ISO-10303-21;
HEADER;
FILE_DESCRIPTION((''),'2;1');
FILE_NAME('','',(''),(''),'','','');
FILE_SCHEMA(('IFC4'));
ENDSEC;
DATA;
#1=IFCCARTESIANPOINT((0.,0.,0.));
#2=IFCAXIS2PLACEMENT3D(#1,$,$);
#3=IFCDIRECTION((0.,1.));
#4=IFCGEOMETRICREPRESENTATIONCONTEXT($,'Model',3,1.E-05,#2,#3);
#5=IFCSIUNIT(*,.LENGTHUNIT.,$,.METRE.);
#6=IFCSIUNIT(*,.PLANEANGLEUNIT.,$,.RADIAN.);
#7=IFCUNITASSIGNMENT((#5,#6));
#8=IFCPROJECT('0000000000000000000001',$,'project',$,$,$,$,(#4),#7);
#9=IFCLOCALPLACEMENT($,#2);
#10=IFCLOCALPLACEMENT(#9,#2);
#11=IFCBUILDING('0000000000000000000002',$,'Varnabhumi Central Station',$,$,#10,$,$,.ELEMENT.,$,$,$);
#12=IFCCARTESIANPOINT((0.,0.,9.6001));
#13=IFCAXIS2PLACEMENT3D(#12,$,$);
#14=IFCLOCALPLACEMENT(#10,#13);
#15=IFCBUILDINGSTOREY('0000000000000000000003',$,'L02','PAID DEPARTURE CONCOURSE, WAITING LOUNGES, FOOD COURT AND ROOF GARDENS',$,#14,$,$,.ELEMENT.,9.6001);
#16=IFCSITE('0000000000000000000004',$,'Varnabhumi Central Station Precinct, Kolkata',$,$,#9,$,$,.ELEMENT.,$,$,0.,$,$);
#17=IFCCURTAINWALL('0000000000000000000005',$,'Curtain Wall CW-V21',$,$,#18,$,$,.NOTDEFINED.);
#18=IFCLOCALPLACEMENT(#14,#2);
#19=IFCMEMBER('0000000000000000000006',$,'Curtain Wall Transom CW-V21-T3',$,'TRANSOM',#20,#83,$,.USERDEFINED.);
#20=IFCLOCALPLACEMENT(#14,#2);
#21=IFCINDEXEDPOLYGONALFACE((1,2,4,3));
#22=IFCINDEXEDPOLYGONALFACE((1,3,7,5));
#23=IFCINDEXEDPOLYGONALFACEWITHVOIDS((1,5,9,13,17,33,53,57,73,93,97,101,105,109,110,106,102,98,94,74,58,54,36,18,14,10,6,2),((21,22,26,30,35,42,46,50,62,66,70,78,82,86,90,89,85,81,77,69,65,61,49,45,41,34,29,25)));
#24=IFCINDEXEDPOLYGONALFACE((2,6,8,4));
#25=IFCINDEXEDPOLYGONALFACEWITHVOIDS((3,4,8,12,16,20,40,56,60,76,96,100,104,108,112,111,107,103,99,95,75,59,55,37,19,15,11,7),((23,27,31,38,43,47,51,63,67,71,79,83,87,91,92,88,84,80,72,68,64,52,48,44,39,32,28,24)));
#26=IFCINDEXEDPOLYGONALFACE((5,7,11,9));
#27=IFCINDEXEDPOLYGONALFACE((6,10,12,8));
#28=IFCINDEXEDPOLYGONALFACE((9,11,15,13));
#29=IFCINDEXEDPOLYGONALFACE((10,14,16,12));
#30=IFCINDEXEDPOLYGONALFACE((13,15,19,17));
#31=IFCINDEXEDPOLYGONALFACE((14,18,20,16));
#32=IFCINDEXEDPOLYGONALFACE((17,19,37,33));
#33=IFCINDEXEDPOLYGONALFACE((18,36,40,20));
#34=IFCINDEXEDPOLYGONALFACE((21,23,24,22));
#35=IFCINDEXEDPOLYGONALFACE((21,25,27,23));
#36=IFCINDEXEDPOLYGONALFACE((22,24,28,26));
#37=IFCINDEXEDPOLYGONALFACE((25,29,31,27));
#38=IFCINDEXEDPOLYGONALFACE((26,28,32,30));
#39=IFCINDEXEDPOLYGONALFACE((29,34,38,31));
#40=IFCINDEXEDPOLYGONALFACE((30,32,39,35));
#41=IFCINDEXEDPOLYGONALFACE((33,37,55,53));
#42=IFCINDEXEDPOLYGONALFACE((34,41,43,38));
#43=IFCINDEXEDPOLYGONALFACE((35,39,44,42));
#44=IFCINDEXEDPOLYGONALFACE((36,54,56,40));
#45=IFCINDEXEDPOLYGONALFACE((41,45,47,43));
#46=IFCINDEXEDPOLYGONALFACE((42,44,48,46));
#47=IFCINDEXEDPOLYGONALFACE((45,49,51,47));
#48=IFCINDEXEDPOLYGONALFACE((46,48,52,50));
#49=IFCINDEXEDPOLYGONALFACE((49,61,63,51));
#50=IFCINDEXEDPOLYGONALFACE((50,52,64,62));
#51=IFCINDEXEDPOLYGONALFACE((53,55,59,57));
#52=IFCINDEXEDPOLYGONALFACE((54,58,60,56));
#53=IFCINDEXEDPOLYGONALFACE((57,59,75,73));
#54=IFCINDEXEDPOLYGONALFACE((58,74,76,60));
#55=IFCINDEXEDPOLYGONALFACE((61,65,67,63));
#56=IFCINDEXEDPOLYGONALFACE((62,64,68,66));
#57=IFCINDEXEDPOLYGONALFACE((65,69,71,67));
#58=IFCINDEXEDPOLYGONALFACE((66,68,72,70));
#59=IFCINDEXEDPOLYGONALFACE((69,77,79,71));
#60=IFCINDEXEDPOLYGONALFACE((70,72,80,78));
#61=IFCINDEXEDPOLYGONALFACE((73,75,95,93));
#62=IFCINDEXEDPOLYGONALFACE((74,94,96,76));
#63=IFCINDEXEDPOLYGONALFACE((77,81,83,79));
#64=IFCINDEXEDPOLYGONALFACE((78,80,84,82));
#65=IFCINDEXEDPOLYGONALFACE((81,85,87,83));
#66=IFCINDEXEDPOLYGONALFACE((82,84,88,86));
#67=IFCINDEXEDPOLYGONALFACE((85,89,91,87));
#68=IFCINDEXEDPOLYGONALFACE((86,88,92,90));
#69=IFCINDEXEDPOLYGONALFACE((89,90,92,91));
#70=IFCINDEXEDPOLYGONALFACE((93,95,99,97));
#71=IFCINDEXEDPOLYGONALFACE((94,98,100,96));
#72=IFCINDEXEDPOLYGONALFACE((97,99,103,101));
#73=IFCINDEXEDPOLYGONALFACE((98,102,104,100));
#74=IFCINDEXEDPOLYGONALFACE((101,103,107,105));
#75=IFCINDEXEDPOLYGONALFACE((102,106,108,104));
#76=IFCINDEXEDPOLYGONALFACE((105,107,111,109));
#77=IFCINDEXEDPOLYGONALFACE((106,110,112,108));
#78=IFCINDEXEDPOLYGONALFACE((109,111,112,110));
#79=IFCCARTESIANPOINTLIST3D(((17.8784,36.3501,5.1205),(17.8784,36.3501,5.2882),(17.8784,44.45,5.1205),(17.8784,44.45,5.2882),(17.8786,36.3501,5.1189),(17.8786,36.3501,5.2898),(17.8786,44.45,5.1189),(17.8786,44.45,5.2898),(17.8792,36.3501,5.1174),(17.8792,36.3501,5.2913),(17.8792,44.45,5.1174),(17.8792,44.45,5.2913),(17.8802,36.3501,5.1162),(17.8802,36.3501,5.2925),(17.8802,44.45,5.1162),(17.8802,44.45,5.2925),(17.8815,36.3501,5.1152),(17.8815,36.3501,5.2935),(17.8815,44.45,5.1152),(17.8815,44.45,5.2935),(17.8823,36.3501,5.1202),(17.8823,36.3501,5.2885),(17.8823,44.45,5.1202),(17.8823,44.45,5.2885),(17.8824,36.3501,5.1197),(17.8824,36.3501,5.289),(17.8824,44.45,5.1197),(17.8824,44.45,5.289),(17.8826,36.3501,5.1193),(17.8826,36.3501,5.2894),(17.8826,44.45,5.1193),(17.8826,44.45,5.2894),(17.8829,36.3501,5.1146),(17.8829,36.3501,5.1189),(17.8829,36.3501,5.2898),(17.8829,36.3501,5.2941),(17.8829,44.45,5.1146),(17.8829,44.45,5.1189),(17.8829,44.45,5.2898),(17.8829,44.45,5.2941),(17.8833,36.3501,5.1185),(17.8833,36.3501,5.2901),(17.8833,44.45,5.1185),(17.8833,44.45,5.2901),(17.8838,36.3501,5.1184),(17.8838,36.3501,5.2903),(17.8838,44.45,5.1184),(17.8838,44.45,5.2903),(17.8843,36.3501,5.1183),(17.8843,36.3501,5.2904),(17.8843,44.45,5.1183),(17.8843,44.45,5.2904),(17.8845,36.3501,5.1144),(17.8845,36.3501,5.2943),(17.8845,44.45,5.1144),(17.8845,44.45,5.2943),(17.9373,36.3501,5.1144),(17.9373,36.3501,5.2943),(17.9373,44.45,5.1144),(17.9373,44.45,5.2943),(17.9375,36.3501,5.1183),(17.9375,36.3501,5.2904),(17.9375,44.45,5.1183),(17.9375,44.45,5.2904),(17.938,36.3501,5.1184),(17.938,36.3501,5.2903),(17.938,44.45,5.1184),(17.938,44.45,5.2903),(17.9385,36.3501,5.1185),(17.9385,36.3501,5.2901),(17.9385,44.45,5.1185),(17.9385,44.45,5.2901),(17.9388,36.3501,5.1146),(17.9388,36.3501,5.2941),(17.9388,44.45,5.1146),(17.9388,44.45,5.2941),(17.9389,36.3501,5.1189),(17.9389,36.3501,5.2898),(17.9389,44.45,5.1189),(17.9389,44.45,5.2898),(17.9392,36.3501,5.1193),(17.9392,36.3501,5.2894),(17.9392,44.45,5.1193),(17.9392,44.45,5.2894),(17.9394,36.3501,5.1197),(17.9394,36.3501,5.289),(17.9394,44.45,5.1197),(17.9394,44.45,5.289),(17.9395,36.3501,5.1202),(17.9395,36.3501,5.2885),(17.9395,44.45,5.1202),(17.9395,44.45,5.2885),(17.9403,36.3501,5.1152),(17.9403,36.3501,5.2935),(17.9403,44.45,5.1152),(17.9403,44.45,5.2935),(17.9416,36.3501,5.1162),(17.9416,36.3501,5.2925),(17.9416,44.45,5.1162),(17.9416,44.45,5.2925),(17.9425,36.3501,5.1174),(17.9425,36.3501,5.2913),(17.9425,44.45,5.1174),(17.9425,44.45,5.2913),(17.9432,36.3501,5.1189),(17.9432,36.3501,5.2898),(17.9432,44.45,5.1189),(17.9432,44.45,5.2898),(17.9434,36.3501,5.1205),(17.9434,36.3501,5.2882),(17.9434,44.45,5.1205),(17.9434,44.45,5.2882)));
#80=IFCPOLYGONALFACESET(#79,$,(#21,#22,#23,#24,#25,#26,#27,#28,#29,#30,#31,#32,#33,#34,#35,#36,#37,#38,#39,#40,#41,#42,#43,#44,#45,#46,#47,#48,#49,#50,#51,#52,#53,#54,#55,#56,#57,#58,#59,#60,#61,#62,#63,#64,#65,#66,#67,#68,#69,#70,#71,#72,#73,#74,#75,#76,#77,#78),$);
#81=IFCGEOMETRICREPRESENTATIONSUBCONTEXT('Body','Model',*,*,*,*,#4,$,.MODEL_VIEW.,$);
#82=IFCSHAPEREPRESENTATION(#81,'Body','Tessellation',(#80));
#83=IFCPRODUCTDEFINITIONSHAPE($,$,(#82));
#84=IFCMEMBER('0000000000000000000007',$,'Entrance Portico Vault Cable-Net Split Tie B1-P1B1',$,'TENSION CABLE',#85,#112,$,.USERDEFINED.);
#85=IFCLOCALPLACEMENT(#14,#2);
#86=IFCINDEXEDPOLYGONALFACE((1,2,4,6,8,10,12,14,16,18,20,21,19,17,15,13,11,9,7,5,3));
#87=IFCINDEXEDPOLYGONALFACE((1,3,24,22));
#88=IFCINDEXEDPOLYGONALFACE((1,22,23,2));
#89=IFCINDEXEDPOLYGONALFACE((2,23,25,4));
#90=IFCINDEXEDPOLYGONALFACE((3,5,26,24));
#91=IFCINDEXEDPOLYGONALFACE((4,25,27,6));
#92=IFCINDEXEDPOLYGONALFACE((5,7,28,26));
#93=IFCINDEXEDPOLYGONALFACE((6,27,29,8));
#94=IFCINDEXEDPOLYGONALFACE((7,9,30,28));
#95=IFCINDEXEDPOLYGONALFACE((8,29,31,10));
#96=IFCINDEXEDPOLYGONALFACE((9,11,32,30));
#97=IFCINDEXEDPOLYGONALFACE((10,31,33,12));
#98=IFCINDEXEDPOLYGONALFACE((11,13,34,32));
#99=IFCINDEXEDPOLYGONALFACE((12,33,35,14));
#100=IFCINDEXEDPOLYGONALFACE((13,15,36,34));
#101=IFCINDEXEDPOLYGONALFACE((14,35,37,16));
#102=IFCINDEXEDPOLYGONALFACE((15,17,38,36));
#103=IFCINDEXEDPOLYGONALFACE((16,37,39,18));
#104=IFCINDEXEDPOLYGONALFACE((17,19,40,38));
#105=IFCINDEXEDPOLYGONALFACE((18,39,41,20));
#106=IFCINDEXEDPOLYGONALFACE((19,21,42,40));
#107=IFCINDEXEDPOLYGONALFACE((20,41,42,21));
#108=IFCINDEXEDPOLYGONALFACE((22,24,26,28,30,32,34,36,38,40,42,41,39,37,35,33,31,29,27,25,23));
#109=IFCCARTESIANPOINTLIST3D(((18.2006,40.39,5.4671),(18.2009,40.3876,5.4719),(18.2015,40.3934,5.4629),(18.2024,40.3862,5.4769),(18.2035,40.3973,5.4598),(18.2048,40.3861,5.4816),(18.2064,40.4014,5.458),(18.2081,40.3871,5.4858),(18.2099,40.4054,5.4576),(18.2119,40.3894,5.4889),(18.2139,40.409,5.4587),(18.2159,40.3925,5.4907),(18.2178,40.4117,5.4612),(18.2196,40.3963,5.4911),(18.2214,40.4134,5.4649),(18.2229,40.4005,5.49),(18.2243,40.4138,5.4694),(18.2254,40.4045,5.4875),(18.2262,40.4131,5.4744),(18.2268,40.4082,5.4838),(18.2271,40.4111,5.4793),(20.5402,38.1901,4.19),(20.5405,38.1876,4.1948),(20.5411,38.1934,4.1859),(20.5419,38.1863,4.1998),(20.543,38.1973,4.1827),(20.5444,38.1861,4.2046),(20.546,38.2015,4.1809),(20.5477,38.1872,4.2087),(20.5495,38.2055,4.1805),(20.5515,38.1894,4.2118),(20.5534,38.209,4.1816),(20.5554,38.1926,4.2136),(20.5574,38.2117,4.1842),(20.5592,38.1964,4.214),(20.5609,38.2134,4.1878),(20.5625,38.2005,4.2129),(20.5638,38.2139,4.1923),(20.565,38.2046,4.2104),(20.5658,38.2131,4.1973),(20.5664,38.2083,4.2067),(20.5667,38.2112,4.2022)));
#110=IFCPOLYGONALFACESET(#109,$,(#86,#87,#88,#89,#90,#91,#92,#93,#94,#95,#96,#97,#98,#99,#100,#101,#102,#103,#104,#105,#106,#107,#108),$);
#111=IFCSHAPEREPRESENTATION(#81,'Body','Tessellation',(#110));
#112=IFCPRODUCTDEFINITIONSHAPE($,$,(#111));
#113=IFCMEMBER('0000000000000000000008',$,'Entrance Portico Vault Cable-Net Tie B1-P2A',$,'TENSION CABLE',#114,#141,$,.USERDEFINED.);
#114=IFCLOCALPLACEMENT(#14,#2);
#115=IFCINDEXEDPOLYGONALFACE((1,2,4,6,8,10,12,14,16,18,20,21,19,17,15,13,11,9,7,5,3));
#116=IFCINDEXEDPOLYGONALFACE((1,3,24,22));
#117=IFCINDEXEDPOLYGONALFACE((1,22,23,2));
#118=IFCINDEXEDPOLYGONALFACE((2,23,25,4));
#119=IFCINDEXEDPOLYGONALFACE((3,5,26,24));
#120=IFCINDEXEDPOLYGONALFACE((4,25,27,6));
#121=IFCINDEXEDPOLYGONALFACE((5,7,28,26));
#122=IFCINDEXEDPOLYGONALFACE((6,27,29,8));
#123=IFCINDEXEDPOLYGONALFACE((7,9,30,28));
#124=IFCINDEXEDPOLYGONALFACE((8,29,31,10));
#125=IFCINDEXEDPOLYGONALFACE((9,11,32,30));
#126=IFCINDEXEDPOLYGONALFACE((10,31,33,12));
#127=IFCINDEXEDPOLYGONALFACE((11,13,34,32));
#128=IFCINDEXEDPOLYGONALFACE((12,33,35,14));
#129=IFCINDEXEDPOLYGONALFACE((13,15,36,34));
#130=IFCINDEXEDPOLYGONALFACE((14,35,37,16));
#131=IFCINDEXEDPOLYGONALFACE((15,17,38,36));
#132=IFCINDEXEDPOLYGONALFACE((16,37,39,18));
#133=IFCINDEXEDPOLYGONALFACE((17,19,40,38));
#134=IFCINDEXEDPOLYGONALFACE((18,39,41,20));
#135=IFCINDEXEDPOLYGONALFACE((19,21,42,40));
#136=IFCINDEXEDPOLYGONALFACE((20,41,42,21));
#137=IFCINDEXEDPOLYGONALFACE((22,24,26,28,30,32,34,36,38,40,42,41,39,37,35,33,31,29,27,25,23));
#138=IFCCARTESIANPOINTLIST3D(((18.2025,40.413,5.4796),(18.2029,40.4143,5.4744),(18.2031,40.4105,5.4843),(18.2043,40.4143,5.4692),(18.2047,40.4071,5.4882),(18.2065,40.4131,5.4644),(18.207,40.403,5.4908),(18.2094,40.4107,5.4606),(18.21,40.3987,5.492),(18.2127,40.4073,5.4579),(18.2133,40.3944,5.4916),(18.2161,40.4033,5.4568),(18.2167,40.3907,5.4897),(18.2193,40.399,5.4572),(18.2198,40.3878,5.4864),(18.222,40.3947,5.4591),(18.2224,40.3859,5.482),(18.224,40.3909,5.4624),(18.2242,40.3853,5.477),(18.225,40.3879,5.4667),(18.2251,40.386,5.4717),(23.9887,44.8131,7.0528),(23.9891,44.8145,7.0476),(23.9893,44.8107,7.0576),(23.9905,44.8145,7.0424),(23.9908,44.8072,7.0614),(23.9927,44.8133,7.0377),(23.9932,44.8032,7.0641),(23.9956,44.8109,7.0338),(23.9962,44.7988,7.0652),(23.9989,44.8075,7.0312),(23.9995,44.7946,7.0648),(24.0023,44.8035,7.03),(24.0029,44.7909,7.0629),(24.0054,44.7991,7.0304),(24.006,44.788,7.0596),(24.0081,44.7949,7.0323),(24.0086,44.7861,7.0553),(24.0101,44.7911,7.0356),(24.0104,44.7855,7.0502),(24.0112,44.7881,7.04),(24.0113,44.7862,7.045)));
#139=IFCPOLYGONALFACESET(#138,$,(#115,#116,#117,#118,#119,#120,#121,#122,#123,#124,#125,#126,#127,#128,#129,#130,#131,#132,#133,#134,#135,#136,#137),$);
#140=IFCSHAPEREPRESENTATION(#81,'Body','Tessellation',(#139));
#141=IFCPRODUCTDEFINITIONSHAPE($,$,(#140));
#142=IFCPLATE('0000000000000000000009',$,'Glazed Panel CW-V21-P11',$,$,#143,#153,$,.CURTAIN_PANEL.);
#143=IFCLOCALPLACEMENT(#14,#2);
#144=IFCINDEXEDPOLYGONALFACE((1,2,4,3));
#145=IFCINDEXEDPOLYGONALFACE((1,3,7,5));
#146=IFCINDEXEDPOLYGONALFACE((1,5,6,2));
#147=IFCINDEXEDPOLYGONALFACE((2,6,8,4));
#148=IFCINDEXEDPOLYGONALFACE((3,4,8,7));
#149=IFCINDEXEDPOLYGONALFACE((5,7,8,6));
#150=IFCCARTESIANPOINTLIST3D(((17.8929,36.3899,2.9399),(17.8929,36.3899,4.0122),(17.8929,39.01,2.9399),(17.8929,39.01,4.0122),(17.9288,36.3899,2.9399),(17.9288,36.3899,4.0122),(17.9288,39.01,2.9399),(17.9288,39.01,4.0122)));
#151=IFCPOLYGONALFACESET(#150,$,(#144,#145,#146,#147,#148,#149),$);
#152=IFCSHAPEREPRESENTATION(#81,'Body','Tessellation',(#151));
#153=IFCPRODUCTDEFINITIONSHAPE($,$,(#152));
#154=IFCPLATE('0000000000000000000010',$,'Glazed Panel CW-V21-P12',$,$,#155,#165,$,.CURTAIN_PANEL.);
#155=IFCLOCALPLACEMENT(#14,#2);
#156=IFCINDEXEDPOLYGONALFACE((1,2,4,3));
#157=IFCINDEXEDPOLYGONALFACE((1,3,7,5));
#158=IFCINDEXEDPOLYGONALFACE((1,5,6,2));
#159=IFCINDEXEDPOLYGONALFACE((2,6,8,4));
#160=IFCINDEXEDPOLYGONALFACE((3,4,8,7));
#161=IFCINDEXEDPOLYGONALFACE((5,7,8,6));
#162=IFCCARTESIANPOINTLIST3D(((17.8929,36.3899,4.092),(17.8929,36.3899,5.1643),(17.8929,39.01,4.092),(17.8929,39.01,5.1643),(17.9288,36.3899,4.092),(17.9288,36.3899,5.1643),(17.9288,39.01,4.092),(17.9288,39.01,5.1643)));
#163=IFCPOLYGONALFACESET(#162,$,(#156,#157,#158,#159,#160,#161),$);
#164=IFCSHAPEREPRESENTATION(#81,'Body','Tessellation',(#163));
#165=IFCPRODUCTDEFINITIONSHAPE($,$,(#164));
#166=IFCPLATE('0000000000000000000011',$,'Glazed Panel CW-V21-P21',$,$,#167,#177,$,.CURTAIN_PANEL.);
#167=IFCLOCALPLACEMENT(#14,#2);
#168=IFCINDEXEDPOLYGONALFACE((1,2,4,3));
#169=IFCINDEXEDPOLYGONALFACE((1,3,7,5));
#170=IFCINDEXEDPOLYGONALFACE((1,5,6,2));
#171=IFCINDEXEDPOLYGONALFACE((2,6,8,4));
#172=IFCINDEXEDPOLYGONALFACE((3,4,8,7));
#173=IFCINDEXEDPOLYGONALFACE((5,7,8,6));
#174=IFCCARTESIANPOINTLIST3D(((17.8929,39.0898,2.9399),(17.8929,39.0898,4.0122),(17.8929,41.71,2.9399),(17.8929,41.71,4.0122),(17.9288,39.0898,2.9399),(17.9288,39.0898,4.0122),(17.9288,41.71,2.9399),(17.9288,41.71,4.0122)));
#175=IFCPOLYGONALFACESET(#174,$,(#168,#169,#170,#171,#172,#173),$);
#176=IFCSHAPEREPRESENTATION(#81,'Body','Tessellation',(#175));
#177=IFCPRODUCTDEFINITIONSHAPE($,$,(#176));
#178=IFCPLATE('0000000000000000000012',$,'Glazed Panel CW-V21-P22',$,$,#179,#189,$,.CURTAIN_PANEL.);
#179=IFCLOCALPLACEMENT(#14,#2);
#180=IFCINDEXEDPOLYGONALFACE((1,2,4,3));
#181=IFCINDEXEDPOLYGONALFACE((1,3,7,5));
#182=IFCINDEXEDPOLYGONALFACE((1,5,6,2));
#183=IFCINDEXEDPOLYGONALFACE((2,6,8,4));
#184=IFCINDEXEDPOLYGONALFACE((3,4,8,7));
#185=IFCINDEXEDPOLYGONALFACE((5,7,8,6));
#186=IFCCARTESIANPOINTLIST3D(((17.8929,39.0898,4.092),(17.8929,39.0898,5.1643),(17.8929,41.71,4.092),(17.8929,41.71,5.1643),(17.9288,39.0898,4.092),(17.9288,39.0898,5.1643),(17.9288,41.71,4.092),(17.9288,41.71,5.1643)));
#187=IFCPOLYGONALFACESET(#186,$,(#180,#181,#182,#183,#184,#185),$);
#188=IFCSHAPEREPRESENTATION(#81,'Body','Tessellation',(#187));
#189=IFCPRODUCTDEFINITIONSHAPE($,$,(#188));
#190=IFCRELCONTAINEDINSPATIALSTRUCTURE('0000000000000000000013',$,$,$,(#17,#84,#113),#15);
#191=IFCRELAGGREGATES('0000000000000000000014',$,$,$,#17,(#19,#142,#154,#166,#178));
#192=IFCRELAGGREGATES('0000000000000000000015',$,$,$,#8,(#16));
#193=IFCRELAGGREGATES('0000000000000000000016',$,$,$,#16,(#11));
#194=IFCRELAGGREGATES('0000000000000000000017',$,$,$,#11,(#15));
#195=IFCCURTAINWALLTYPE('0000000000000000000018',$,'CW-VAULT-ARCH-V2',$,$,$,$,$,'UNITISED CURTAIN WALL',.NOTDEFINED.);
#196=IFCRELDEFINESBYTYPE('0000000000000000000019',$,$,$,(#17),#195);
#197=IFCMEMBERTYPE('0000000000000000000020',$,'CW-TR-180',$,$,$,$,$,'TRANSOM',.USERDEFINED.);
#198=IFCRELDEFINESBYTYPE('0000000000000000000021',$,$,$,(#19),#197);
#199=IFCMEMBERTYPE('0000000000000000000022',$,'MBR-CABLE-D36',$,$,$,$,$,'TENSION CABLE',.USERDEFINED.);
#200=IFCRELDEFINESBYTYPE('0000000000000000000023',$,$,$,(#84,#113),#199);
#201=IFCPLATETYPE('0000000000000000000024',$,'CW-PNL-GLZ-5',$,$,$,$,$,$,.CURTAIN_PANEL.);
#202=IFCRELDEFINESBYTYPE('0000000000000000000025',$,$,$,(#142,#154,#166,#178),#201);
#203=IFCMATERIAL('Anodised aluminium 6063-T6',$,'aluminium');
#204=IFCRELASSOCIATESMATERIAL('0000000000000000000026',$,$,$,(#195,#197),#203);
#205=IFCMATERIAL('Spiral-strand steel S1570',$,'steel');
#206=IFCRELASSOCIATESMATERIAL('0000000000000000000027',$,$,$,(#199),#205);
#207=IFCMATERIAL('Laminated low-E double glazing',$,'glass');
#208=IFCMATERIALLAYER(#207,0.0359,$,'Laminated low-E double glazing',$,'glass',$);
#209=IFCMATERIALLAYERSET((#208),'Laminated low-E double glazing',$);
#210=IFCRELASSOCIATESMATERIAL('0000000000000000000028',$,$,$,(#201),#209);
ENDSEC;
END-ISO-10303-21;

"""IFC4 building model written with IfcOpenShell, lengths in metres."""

from ifc_helpers import new_model, si_unit, direction, frame, origin, origin_2d, place, context, subcontext, project, spatial, rectangle, hollow_rectangle, circle, extrude, material, layer, layer_set, material_profile, profile_set, type_object, element, aggregate, save


model = new_model("IFC4")

# Units and contexts
model_context = context("Model", 3, precision=1e-05, world=origin(), true_north=direction((0.0, 1.0)))
body_context = subcontext(model_context, "Body", "Model", "MODEL_VIEW")
ifc_project = project(units=[si_unit("LENGTHUNIT", "METRE"), si_unit("PLANEANGLEUNIT", "RADIAN")], contexts=[model_context])

# Site, building, storey
site_placement = place(None, origin())
site = spatial("IfcSite", under=ifc_project, at=site_placement, Name="Varnabhumi Central Station Precinct, Kolkata", CompositionType="ELEMENT", RefElevation=0.0)
building_placement = place(site_placement, origin())
building = spatial("IfcBuilding", under=site, at=building_placement, Name="Varnabhumi Central Station", CompositionType="ELEMENT")
storey_placement = place(building_placement, frame((0.0, 0.0, 9.6001)))
storey = spatial("IfcBuildingStorey", under=building, at=storey_placement, Name="L02", Description="PAID DEPARTURE CONCOURSE, WAITING LOUNGES, FOOD COURT AND ROOF GARDENS", CompositionType="ELEMENT", Elevation=9.6001)

# Curtain wall, member
ifc_material_1 = material(Name="Anodised aluminium 6063-T6", Category="aluminium")
curtain_wall_type = type_object("IfcCurtainWallType", Name="CW-VAULT-ARCH-V2", ElementType="UNITISED CURTAIN WALL", PredefinedType="NOTDEFINED", material=ifc_material_1)
curtain_wall_placement = place(storey_placement, origin())
curtain_wall = element("IfcCurtainWall", 1, at=curtain_wall_placement, inside=storey, type_object=curtain_wall_type, Name="Curtain Wall CW-V21", PredefinedType="NOTDEFINED")
ifc_material_profile_1 = material_profile(ifc_material_1, hollow_rectangle(XDim=0.0649, YDim=0.1799, WallThickness=0.0039, InnerFilletRadius=0.002, OuterFilletRadius=0.0061, at=origin_2d()), Name="Anodised aluminium 6063-T6", Category="aluminium")
ifc_profile_set_1 = profile_set([ifc_material_profile_1], Name="Anodised aluminium 6063-T6")
member_type_1 = type_object("IfcMemberType", Name="CW-TR-180", ElementType="TRANSOM", PredefinedType="USERDEFINED", material=ifc_profile_set_1)
member_1_placement = place(storey_placement, frame((17.9109, 36.3501, 5.2043), z_axis=(0.0, 1.0, 0.0), x_axis=(-1.0, 0.0, 0.0)))
member_1 = element("IfcMember", 2, at=member_1_placement, type_object=member_type_1, Name="Curtain Wall Transom CW-V21-T3", ObjectType="TRANSOM", PredefinedType="USERDEFINED", context=body_context, shape_type="SweptSolid", body=[
    extrude(hollow_rectangle(XDim=0.0649, YDim=0.1799, WallThickness=0.0039, InnerFilletRadius=0.002, OuterFilletRadius=0.0061, at=origin_2d()), origin(), (0.0, 0.0, 1.0), 8.0999),
])

# Members
ifc_material_2 = material(Name="Spiral-strand steel S1570", Category="steel")
ifc_material_profile_2 = material_profile(ifc_material_2, circle(Radius=0.0181, at=origin_2d()), Name="Spiral-strand steel S1570", Category="steel")
ifc_profile_set_2 = profile_set([ifc_material_profile_2], Name="Spiral-strand steel S1570")
member_type_2 = type_object("IfcMemberType", Name="MBR-CABLE-D36", ElementType="TENSION CABLE", PredefinedType="USERDEFINED", material=ifc_profile_set_2)
member_2_placement = place(storey_placement, frame((18.2139, 40.3999, 5.4744), z_axis=(0.676952, -0.636545, -0.369522), x_axis=(0.68503, 0.728515, 0.0)))
element("IfcMember", 3, at=member_2_placement, inside=storey, type_object=member_type_2, Name="Entrance Portico Vault Cable-Net Split Tie B1-P1B1", ObjectType="TENSION CABLE", PredefinedType="USERDEFINED", context=body_context, shape_type="SweptSolid", body=[
    extrude(circle(Radius=0.0181, at=origin_2d()), origin(), (0.0, 0.0, 1.0), 3.4561),
])
member_3_placement = place(storey_placement, frame((18.2139, 40.3999, 5.4744), z_axis=(0.777972, 0.59162, 0.21153), x_axis=(-0.605317, 0.795984, 0.0)))
element("IfcMember", 4, at=member_3_placement, inside=storey, type_object=member_type_2, Name="Entrance Portico Vault Cable-Net Tie B1-P2A", ObjectType="TENSION CABLE", PredefinedType="USERDEFINED", context=body_context, shape_type="SweptSolid", body=[
    extrude(circle(Radius=0.0181, at=origin_2d()), origin(), (0.0, 0.0, 1.0), 7.4375),
])

# Plates
ifc_material_3 = material(Name="Laminated low-E double glazing", Category="glass")
ifc_layer_1 = layer(ifc_material_3, 0.0359, Name="Laminated low-E double glazing", Category="glass")
ifc_layer_set_1 = layer_set([ifc_layer_1], Name="Laminated low-E double glazing")
plate_type = type_object("IfcPlateType", Name="CW-PNL-GLZ-5", PredefinedType="CURTAIN_PANEL", material=ifc_layer_set_1)
plate_1_placement = place(storey_placement, frame((17.9109, 37.7, 2.9399), z_axis=(0.0, 0.0, 1.0), x_axis=(0.0, 1.0, 0.0)))
plate_1 = element("IfcPlate", 5, at=plate_1_placement, type_object=plate_type, Name="Glazed Panel CW-V21-P11", PredefinedType="CURTAIN_PANEL", context=body_context, shape_type="SweptSolid", body=[
    extrude(rectangle(XDim=2.6201, YDim=0.0359, at=origin_2d()), origin(), (0.0, 0.0, 1.0), 1.0723),
])
plate_2_placement = place(storey_placement, frame((17.9109, 37.7, 4.092), z_axis=(0.0, 0.0, 1.0), x_axis=(0.0, 1.0, 0.0)))
plate_2 = element("IfcPlate", 6, at=plate_2_placement, type_object=plate_type, Name="Glazed Panel CW-V21-P12", PredefinedType="CURTAIN_PANEL", context=body_context, shape_type="SweptSolid", body=[
    extrude(rectangle(XDim=2.6201, YDim=0.0359, at=origin_2d()), origin(), (0.0, 0.0, 1.0), 1.0723),
])
plate_3_placement = place(storey_placement, frame((17.9109, 40.3999, 2.9399), z_axis=(0.0, 0.0, 1.0), x_axis=(0.0, 1.0, 0.0)))
plate_3 = element("IfcPlate", 7, at=plate_3_placement, type_object=plate_type, Name="Glazed Panel CW-V21-P21", PredefinedType="CURTAIN_PANEL", context=body_context, shape_type="SweptSolid", body=[
    extrude(rectangle(XDim=2.6201, YDim=0.0359, at=origin_2d()), origin(), (0.0, 0.0, 1.0), 1.0723),
])
plate_4_placement = place(storey_placement, frame((17.9109, 40.3999, 4.092), z_axis=(0.0, 0.0, 1.0), x_axis=(0.0, 1.0, 0.0)))
plate_4 = element("IfcPlate", 8, at=plate_4_placement, type_object=plate_type, Name="Glazed Panel CW-V21-P22", PredefinedType="CURTAIN_PANEL", context=body_context, shape_type="SweptSolid", body=[
    extrude(rectangle(XDim=2.6201, YDim=0.0359, at=origin_2d()), origin(), (0.0, 0.0, 1.0), 1.0723),
])
aggregate(curtain_wall, [member_1, plate_1, plate_2, plate_3, plate_4])

save(model, "model.ifc")
